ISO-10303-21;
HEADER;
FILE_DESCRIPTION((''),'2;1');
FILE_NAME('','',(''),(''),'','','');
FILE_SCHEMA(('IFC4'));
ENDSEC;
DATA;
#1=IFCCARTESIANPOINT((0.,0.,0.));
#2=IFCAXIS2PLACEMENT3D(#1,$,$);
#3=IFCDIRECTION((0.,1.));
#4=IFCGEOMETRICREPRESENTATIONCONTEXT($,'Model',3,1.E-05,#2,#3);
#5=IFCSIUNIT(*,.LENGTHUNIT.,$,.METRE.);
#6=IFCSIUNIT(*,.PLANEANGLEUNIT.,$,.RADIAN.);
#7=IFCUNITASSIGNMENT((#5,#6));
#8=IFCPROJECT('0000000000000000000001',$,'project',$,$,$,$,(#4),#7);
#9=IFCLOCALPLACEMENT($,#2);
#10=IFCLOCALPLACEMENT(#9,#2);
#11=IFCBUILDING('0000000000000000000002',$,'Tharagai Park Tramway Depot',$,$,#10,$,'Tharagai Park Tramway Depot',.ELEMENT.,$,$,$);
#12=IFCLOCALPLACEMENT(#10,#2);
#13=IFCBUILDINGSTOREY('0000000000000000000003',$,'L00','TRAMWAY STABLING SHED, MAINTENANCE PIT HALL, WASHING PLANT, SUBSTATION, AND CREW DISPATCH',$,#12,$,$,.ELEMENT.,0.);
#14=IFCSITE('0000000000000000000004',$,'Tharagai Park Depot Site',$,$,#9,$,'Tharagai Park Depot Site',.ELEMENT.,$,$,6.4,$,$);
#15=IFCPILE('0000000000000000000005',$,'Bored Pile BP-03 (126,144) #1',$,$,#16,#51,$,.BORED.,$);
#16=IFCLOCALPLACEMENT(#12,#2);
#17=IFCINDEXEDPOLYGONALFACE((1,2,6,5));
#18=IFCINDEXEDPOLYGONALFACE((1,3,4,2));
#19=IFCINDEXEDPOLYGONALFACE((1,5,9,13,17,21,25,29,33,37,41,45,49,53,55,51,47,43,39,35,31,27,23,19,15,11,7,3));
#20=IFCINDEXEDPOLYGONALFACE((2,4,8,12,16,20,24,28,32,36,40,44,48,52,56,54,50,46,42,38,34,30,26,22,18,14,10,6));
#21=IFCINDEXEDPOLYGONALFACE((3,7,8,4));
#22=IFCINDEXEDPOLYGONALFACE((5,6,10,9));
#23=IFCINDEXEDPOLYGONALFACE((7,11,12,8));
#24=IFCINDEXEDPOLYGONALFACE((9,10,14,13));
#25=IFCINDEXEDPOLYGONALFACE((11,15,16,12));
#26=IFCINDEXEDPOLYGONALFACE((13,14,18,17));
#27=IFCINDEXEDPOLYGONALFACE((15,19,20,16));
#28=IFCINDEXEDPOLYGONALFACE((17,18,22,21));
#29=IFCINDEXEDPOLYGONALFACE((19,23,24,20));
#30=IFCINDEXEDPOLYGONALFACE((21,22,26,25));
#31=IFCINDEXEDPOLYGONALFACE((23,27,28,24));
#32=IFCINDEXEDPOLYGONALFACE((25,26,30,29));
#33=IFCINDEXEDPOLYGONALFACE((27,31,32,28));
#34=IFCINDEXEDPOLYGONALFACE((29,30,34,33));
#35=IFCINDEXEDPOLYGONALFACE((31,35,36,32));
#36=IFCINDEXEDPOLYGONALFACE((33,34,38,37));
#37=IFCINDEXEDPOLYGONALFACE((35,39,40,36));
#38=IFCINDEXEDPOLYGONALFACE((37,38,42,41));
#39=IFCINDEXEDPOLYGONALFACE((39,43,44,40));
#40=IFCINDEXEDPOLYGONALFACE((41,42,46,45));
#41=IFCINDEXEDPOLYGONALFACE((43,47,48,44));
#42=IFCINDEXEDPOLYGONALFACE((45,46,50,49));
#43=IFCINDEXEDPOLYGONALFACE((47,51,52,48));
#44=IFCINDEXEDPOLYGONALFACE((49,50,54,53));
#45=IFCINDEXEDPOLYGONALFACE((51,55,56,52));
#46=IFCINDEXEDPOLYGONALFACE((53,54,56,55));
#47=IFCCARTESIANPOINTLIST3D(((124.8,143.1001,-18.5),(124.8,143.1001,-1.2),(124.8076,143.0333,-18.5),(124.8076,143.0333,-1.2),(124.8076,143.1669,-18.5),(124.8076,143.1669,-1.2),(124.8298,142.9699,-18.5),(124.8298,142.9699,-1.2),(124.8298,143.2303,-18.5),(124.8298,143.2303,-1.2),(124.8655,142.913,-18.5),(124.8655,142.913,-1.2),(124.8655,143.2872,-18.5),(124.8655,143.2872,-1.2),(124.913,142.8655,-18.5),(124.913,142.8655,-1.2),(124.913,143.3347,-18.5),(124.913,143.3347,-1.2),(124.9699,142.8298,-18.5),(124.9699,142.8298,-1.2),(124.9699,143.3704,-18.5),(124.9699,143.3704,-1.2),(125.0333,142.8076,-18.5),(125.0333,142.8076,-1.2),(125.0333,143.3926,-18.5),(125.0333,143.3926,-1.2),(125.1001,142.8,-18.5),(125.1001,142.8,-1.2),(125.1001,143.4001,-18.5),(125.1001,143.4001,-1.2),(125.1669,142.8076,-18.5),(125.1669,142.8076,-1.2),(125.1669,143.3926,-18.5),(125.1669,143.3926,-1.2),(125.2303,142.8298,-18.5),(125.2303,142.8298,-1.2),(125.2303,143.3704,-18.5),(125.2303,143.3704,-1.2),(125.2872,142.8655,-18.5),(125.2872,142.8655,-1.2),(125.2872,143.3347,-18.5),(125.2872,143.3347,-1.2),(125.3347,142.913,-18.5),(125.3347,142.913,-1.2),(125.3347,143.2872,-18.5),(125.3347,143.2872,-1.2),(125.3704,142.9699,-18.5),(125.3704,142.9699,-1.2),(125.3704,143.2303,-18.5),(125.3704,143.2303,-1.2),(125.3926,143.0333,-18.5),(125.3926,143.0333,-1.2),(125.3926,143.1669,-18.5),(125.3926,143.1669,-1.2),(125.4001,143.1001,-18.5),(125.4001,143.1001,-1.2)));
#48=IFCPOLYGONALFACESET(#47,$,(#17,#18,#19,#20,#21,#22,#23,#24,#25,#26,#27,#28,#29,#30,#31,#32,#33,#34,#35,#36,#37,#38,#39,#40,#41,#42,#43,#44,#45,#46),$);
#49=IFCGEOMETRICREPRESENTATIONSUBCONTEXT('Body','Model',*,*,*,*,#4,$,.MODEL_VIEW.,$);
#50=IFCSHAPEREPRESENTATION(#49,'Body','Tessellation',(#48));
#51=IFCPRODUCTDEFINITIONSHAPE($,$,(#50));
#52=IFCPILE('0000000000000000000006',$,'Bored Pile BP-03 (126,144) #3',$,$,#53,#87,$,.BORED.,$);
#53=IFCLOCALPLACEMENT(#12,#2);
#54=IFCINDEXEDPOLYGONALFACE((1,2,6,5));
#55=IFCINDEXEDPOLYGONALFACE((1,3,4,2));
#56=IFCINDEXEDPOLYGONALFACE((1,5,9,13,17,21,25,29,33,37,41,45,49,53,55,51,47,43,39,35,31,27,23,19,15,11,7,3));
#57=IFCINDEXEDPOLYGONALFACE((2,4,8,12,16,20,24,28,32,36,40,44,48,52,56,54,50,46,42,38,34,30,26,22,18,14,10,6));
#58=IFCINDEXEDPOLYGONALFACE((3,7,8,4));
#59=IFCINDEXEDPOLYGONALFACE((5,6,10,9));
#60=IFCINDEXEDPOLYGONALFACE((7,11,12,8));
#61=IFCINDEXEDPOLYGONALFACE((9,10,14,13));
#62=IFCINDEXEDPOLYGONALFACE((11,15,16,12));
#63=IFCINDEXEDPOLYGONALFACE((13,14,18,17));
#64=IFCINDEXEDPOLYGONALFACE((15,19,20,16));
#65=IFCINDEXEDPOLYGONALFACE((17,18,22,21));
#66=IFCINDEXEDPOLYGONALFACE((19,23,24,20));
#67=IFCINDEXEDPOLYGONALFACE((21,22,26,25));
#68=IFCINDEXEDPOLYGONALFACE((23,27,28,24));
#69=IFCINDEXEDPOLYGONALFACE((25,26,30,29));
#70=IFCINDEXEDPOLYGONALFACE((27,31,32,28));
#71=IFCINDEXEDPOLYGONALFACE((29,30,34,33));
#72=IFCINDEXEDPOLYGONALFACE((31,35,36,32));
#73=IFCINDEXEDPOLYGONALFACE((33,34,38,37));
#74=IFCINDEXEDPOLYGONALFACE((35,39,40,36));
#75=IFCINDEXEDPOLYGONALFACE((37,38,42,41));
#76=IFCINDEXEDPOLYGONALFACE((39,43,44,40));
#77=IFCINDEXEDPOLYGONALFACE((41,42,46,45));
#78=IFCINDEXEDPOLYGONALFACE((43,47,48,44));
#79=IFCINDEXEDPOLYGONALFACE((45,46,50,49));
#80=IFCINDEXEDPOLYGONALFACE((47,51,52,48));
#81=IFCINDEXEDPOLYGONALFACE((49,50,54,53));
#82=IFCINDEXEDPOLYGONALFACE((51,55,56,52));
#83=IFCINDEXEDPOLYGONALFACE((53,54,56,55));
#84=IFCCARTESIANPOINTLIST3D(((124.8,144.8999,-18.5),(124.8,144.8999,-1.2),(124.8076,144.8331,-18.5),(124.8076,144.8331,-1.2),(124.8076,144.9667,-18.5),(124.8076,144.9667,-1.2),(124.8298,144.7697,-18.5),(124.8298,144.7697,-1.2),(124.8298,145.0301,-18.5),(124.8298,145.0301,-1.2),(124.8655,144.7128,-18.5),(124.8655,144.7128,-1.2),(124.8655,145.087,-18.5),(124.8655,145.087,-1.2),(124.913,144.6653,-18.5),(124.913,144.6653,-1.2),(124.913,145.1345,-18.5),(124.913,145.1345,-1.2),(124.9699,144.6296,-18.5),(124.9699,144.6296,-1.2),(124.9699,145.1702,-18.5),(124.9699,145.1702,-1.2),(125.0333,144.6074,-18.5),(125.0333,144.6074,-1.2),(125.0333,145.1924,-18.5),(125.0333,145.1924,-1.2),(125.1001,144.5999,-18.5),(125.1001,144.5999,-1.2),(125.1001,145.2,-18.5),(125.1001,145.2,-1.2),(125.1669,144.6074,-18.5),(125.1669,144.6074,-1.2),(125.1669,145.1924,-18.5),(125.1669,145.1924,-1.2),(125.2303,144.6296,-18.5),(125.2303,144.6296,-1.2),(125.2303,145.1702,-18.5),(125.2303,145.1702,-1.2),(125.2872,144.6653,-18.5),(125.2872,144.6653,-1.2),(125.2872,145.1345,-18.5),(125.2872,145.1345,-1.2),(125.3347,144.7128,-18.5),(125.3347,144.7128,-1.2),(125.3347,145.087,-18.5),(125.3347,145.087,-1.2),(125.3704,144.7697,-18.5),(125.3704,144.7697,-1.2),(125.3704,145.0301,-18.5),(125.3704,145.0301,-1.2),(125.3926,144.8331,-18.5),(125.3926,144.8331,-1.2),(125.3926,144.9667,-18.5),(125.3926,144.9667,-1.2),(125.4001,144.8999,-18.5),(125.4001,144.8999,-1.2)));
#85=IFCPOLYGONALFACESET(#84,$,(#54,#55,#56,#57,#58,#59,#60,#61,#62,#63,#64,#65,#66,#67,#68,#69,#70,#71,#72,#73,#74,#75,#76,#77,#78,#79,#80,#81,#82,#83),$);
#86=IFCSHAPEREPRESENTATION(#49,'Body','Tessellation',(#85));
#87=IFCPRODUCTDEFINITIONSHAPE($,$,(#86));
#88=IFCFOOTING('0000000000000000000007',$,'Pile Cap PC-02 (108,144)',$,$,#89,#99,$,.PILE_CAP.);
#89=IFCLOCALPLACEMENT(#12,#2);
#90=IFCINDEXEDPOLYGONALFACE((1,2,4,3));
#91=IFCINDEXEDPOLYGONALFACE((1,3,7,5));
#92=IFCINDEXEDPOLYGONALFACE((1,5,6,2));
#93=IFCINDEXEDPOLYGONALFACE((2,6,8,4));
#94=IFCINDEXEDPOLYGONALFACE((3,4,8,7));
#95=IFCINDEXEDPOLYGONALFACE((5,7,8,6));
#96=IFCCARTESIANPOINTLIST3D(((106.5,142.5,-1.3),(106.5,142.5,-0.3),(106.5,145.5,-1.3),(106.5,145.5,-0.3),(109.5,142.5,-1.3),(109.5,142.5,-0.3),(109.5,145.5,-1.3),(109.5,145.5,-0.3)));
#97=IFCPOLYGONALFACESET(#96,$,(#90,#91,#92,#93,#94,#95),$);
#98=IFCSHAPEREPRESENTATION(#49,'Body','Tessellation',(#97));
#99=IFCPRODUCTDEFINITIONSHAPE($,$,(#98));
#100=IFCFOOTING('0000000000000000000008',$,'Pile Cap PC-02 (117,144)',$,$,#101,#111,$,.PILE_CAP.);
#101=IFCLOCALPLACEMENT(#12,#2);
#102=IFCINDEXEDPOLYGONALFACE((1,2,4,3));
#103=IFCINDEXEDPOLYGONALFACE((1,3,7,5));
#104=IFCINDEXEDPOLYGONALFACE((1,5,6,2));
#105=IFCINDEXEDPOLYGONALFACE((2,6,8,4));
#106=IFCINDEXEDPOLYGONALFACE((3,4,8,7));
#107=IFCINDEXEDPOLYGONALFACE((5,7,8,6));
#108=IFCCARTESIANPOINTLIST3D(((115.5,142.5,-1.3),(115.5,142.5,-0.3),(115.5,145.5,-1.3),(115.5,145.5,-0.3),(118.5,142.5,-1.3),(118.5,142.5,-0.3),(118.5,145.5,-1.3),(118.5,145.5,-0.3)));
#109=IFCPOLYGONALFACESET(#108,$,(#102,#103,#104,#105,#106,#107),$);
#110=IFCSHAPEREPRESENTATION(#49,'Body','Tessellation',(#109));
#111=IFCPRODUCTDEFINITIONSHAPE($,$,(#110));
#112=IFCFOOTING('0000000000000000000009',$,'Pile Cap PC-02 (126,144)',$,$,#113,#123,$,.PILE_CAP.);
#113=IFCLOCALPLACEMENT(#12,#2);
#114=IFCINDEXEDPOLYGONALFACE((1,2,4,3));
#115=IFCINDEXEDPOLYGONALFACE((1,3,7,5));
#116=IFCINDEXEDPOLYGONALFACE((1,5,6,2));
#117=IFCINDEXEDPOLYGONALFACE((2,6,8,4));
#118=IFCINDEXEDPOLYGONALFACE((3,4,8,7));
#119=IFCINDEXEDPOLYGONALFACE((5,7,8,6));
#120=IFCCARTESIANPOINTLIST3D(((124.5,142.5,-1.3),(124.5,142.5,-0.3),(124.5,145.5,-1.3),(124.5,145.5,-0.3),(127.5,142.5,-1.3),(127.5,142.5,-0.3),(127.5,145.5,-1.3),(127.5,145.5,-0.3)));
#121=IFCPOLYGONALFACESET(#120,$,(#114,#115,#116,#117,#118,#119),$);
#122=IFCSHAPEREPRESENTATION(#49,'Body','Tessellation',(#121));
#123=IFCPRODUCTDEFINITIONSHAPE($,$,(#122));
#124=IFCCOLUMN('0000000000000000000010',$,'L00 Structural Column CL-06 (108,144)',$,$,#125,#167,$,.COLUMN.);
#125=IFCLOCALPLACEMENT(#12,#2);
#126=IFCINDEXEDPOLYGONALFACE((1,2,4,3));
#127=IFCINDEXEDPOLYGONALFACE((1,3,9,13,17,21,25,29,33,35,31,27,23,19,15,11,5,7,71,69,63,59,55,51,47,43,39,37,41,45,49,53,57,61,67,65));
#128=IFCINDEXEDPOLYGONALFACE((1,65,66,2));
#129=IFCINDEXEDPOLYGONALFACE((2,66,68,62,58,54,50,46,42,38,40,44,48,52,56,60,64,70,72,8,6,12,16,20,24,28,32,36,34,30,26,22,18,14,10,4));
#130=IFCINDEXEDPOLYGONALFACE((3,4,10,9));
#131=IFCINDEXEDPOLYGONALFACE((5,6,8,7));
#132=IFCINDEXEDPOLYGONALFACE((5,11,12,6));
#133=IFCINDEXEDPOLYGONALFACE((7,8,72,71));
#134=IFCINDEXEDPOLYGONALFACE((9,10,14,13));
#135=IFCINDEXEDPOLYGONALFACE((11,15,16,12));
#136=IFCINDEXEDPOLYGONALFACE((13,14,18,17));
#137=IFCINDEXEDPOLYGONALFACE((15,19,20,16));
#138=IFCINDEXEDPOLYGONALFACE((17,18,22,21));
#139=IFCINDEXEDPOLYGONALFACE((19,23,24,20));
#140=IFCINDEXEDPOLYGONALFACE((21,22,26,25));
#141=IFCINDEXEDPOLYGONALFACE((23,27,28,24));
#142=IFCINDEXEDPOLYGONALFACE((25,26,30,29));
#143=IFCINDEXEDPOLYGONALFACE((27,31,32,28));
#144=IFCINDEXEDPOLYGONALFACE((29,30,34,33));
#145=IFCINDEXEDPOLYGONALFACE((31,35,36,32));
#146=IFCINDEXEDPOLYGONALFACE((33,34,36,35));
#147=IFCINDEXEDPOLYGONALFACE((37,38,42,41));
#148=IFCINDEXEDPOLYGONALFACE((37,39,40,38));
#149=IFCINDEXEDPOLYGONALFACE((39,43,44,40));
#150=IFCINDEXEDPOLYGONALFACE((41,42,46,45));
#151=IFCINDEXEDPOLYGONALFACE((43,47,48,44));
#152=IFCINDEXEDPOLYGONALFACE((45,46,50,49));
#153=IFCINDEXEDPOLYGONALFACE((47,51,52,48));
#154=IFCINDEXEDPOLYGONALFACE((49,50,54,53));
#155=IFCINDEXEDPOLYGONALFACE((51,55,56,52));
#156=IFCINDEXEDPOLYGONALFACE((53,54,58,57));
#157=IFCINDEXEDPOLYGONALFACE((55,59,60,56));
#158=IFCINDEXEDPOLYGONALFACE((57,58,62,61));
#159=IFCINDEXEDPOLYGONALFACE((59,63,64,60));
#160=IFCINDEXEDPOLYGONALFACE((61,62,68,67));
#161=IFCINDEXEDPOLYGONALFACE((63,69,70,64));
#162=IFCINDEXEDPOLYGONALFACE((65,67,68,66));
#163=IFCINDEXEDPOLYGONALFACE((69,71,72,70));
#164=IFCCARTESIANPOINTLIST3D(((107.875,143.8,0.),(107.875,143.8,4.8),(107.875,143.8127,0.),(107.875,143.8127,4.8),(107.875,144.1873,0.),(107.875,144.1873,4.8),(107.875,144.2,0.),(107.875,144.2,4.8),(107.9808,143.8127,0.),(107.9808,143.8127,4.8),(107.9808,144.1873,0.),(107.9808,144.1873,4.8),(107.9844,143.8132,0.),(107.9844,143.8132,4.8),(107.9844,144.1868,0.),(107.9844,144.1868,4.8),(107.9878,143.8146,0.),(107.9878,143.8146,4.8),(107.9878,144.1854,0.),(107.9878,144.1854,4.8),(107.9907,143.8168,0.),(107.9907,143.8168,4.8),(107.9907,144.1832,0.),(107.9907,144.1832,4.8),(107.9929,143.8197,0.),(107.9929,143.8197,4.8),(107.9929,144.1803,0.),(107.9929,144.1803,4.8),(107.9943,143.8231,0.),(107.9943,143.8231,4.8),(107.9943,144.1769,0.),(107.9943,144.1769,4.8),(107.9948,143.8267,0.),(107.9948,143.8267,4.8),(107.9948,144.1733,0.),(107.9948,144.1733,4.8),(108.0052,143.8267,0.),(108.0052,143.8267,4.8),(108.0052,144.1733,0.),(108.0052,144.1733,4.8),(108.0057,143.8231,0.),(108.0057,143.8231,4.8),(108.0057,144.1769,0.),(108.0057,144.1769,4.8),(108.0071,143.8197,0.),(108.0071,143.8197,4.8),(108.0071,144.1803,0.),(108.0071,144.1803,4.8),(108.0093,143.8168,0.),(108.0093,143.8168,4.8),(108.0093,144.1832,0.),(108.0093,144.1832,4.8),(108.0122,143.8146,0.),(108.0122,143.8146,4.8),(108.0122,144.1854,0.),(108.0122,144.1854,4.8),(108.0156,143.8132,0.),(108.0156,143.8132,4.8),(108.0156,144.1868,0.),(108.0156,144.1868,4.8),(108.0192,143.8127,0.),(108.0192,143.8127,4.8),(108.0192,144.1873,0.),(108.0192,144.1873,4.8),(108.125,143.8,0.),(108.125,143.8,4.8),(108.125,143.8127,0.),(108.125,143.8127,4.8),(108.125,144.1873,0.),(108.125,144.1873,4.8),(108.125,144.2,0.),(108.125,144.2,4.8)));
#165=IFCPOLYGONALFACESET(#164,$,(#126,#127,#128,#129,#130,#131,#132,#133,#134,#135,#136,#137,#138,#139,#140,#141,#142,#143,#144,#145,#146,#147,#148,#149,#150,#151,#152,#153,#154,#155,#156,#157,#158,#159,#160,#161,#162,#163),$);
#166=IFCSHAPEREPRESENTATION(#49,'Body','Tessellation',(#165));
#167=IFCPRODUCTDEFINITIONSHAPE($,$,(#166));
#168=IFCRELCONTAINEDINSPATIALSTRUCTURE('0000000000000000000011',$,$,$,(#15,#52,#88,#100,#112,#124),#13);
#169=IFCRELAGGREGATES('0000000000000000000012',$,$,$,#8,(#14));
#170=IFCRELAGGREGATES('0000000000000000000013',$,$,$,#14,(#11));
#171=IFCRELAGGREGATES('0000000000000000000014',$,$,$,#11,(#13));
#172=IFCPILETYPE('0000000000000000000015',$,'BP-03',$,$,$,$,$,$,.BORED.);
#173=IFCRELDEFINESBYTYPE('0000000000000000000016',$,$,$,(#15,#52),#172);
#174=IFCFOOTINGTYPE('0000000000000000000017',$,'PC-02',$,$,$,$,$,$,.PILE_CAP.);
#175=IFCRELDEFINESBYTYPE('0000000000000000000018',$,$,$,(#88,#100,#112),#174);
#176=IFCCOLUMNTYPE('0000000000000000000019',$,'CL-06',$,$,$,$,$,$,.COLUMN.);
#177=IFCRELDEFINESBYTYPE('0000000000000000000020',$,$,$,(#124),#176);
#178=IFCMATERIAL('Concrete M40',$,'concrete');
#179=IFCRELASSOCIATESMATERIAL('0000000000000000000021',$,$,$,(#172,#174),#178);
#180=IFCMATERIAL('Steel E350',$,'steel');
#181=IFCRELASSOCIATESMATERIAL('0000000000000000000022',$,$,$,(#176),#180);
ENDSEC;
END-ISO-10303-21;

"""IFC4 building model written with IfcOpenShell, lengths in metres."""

from ifc_helpers import new_model, si_unit, direction, frame, origin, origin_2d, place, context, subcontext, project, spatial, rectangle, circle, i_section, extrude, material, material_profile, profile_set, type_object, element, save


model = new_model("IFC4")

# Units and contexts
model_context = context("Model", 3, precision=1e-05, world=origin(), true_north=direction((0.0, 1.0)))
body_context = subcontext(model_context, "Body", "Model", "MODEL_VIEW")
ifc_project = project(units=[si_unit("LENGTHUNIT", "METRE"), si_unit("PLANEANGLEUNIT", "RADIAN")], contexts=[model_context])

# Site, building, storey
site_placement = place(None, origin())
site = spatial("IfcSite", under=ifc_project, at=site_placement, Name="Tharagai Park Depot Site", LongName="Tharagai Park Depot Site", CompositionType="ELEMENT", RefElevation=6.4)
building_placement = place(site_placement, origin())
building = spatial("IfcBuilding", under=site, at=building_placement, Name="Tharagai Park Tramway Depot", LongName="Tharagai Park Tramway Depot", CompositionType="ELEMENT")
storey_placement = place(building_placement, origin())
storey = spatial("IfcBuildingStorey", under=building, at=storey_placement, Name="L00", Description="TRAMWAY STABLING SHED, MAINTENANCE PIT HALL, WASHING PLANT, SUBSTATION, AND CREW DISPATCH", CompositionType="ELEMENT", Elevation=0.0)

# Piles
ifc_material_1 = material(Name="Concrete M40", Category="concrete")
ifc_material_profile_1 = material_profile(ifc_material_1, circle(Radius=0.3, at=origin_2d()), Name="PILE D600")
ifc_profile_set_1 = profile_set([ifc_material_profile_1], Name="Concrete M40")
pile_type = type_object("IfcPileType", Name="BP-03", PredefinedType="BORED", material=ifc_profile_set_1)
for number, where, z_axis, x_axis, name in (
    (1, (125.1001, 143.1001, -1.2), (0.0, 0.0, -1.0), (1.0, 0.0, 0.0), "Bored Pile BP-03 (126,144) #1"),
    (2, (125.1001, 144.8999, -1.2), (0.0, 0.0, -1.0), (1.0, 0.0, 0.0), "Bored Pile BP-03 (126,144) #3"),
):
    element("IfcPile", number, at=place(storey_placement, frame(where, z_axis=z_axis, x_axis=x_axis)), inside=storey, type_object=pile_type, Name=name, PredefinedType="BORED", context=body_context, shape_type="SweptSolid", body=[
        extrude(circle(Radius=0.3, at=origin_2d()), origin(), (0.0, 0.0, 1.0), 17.3),
    ])

# Footings
footing_type = type_object("IfcFootingType", Name="PC-02", PredefinedType="PILE_CAP", material=ifc_material_1)
for number, where, z_axis, x_axis, name in (
    (3, (108.0, 144.0, -1.3), (0.0, 0.0, 1.0), (1.0, 0.0, 0.0), "Pile Cap PC-02 (108,144)"),
    (4, (117.0, 144.0, -1.3), (0.0, 0.0, 1.0), (1.0, 0.0, 0.0), "Pile Cap PC-02 (117,144)"),
    (5, (126.0, 144.0, -1.3), (0.0, 0.0, 1.0), (1.0, 0.0, 0.0), "Pile Cap PC-02 (126,144)"),
):
    element("IfcFooting", number, at=place(storey_placement, frame(where, z_axis=z_axis, x_axis=x_axis)), inside=storey, type_object=footing_type, Name=name, PredefinedType="PILE_CAP", context=body_context, shape_type="SweptSolid", body=[
        extrude(rectangle(XDim=3.0, YDim=3.0, at=origin_2d()), origin(), (0.0, 0.0, 1.0), 1.0),
    ])

# Column
ifc_material_2 = material(Name="Steel E350", Category="steel")
ifc_material_profile_2 = material_profile(ifc_material_2, i_section(OverallWidth=0.25, OverallDepth=0.3999, WebThickness=0.0105, FlangeThickness=0.0127, FilletRadius=0.0139, at=origin_2d()), Name="ISHB 400")
ifc_profile_set_2 = profile_set([ifc_material_profile_2], Name="Steel E350")
column_type_1 = type_object("IfcColumnType", Name="CL-06", PredefinedType="COLUMN", material=ifc_profile_set_2)
for number, where, z_axis, x_axis, name in (
    (6, (108.0, 144.0, 0.0), (0.0, 0.0, 1.0), (1.0, 0.0, 0.0), "L00 Structural Column CL-06 (108,144)"),
):
    element("IfcColumn", number, at=place(storey_placement, frame(where, z_axis=z_axis, x_axis=x_axis)), inside=storey, type_object=column_type_1, Name=name, PredefinedType="COLUMN", context=body_context, shape_type="SweptSolid", body=[
        extrude(i_section(OverallWidth=0.25, OverallDepth=0.3999, WebThickness=0.0105, FlangeThickness=0.0127, FilletRadius=0.0139, at=origin_2d()), origin(), (0.0, 0.0, 1.0), 4.8),
    ])

save(model, "model.ifc")
